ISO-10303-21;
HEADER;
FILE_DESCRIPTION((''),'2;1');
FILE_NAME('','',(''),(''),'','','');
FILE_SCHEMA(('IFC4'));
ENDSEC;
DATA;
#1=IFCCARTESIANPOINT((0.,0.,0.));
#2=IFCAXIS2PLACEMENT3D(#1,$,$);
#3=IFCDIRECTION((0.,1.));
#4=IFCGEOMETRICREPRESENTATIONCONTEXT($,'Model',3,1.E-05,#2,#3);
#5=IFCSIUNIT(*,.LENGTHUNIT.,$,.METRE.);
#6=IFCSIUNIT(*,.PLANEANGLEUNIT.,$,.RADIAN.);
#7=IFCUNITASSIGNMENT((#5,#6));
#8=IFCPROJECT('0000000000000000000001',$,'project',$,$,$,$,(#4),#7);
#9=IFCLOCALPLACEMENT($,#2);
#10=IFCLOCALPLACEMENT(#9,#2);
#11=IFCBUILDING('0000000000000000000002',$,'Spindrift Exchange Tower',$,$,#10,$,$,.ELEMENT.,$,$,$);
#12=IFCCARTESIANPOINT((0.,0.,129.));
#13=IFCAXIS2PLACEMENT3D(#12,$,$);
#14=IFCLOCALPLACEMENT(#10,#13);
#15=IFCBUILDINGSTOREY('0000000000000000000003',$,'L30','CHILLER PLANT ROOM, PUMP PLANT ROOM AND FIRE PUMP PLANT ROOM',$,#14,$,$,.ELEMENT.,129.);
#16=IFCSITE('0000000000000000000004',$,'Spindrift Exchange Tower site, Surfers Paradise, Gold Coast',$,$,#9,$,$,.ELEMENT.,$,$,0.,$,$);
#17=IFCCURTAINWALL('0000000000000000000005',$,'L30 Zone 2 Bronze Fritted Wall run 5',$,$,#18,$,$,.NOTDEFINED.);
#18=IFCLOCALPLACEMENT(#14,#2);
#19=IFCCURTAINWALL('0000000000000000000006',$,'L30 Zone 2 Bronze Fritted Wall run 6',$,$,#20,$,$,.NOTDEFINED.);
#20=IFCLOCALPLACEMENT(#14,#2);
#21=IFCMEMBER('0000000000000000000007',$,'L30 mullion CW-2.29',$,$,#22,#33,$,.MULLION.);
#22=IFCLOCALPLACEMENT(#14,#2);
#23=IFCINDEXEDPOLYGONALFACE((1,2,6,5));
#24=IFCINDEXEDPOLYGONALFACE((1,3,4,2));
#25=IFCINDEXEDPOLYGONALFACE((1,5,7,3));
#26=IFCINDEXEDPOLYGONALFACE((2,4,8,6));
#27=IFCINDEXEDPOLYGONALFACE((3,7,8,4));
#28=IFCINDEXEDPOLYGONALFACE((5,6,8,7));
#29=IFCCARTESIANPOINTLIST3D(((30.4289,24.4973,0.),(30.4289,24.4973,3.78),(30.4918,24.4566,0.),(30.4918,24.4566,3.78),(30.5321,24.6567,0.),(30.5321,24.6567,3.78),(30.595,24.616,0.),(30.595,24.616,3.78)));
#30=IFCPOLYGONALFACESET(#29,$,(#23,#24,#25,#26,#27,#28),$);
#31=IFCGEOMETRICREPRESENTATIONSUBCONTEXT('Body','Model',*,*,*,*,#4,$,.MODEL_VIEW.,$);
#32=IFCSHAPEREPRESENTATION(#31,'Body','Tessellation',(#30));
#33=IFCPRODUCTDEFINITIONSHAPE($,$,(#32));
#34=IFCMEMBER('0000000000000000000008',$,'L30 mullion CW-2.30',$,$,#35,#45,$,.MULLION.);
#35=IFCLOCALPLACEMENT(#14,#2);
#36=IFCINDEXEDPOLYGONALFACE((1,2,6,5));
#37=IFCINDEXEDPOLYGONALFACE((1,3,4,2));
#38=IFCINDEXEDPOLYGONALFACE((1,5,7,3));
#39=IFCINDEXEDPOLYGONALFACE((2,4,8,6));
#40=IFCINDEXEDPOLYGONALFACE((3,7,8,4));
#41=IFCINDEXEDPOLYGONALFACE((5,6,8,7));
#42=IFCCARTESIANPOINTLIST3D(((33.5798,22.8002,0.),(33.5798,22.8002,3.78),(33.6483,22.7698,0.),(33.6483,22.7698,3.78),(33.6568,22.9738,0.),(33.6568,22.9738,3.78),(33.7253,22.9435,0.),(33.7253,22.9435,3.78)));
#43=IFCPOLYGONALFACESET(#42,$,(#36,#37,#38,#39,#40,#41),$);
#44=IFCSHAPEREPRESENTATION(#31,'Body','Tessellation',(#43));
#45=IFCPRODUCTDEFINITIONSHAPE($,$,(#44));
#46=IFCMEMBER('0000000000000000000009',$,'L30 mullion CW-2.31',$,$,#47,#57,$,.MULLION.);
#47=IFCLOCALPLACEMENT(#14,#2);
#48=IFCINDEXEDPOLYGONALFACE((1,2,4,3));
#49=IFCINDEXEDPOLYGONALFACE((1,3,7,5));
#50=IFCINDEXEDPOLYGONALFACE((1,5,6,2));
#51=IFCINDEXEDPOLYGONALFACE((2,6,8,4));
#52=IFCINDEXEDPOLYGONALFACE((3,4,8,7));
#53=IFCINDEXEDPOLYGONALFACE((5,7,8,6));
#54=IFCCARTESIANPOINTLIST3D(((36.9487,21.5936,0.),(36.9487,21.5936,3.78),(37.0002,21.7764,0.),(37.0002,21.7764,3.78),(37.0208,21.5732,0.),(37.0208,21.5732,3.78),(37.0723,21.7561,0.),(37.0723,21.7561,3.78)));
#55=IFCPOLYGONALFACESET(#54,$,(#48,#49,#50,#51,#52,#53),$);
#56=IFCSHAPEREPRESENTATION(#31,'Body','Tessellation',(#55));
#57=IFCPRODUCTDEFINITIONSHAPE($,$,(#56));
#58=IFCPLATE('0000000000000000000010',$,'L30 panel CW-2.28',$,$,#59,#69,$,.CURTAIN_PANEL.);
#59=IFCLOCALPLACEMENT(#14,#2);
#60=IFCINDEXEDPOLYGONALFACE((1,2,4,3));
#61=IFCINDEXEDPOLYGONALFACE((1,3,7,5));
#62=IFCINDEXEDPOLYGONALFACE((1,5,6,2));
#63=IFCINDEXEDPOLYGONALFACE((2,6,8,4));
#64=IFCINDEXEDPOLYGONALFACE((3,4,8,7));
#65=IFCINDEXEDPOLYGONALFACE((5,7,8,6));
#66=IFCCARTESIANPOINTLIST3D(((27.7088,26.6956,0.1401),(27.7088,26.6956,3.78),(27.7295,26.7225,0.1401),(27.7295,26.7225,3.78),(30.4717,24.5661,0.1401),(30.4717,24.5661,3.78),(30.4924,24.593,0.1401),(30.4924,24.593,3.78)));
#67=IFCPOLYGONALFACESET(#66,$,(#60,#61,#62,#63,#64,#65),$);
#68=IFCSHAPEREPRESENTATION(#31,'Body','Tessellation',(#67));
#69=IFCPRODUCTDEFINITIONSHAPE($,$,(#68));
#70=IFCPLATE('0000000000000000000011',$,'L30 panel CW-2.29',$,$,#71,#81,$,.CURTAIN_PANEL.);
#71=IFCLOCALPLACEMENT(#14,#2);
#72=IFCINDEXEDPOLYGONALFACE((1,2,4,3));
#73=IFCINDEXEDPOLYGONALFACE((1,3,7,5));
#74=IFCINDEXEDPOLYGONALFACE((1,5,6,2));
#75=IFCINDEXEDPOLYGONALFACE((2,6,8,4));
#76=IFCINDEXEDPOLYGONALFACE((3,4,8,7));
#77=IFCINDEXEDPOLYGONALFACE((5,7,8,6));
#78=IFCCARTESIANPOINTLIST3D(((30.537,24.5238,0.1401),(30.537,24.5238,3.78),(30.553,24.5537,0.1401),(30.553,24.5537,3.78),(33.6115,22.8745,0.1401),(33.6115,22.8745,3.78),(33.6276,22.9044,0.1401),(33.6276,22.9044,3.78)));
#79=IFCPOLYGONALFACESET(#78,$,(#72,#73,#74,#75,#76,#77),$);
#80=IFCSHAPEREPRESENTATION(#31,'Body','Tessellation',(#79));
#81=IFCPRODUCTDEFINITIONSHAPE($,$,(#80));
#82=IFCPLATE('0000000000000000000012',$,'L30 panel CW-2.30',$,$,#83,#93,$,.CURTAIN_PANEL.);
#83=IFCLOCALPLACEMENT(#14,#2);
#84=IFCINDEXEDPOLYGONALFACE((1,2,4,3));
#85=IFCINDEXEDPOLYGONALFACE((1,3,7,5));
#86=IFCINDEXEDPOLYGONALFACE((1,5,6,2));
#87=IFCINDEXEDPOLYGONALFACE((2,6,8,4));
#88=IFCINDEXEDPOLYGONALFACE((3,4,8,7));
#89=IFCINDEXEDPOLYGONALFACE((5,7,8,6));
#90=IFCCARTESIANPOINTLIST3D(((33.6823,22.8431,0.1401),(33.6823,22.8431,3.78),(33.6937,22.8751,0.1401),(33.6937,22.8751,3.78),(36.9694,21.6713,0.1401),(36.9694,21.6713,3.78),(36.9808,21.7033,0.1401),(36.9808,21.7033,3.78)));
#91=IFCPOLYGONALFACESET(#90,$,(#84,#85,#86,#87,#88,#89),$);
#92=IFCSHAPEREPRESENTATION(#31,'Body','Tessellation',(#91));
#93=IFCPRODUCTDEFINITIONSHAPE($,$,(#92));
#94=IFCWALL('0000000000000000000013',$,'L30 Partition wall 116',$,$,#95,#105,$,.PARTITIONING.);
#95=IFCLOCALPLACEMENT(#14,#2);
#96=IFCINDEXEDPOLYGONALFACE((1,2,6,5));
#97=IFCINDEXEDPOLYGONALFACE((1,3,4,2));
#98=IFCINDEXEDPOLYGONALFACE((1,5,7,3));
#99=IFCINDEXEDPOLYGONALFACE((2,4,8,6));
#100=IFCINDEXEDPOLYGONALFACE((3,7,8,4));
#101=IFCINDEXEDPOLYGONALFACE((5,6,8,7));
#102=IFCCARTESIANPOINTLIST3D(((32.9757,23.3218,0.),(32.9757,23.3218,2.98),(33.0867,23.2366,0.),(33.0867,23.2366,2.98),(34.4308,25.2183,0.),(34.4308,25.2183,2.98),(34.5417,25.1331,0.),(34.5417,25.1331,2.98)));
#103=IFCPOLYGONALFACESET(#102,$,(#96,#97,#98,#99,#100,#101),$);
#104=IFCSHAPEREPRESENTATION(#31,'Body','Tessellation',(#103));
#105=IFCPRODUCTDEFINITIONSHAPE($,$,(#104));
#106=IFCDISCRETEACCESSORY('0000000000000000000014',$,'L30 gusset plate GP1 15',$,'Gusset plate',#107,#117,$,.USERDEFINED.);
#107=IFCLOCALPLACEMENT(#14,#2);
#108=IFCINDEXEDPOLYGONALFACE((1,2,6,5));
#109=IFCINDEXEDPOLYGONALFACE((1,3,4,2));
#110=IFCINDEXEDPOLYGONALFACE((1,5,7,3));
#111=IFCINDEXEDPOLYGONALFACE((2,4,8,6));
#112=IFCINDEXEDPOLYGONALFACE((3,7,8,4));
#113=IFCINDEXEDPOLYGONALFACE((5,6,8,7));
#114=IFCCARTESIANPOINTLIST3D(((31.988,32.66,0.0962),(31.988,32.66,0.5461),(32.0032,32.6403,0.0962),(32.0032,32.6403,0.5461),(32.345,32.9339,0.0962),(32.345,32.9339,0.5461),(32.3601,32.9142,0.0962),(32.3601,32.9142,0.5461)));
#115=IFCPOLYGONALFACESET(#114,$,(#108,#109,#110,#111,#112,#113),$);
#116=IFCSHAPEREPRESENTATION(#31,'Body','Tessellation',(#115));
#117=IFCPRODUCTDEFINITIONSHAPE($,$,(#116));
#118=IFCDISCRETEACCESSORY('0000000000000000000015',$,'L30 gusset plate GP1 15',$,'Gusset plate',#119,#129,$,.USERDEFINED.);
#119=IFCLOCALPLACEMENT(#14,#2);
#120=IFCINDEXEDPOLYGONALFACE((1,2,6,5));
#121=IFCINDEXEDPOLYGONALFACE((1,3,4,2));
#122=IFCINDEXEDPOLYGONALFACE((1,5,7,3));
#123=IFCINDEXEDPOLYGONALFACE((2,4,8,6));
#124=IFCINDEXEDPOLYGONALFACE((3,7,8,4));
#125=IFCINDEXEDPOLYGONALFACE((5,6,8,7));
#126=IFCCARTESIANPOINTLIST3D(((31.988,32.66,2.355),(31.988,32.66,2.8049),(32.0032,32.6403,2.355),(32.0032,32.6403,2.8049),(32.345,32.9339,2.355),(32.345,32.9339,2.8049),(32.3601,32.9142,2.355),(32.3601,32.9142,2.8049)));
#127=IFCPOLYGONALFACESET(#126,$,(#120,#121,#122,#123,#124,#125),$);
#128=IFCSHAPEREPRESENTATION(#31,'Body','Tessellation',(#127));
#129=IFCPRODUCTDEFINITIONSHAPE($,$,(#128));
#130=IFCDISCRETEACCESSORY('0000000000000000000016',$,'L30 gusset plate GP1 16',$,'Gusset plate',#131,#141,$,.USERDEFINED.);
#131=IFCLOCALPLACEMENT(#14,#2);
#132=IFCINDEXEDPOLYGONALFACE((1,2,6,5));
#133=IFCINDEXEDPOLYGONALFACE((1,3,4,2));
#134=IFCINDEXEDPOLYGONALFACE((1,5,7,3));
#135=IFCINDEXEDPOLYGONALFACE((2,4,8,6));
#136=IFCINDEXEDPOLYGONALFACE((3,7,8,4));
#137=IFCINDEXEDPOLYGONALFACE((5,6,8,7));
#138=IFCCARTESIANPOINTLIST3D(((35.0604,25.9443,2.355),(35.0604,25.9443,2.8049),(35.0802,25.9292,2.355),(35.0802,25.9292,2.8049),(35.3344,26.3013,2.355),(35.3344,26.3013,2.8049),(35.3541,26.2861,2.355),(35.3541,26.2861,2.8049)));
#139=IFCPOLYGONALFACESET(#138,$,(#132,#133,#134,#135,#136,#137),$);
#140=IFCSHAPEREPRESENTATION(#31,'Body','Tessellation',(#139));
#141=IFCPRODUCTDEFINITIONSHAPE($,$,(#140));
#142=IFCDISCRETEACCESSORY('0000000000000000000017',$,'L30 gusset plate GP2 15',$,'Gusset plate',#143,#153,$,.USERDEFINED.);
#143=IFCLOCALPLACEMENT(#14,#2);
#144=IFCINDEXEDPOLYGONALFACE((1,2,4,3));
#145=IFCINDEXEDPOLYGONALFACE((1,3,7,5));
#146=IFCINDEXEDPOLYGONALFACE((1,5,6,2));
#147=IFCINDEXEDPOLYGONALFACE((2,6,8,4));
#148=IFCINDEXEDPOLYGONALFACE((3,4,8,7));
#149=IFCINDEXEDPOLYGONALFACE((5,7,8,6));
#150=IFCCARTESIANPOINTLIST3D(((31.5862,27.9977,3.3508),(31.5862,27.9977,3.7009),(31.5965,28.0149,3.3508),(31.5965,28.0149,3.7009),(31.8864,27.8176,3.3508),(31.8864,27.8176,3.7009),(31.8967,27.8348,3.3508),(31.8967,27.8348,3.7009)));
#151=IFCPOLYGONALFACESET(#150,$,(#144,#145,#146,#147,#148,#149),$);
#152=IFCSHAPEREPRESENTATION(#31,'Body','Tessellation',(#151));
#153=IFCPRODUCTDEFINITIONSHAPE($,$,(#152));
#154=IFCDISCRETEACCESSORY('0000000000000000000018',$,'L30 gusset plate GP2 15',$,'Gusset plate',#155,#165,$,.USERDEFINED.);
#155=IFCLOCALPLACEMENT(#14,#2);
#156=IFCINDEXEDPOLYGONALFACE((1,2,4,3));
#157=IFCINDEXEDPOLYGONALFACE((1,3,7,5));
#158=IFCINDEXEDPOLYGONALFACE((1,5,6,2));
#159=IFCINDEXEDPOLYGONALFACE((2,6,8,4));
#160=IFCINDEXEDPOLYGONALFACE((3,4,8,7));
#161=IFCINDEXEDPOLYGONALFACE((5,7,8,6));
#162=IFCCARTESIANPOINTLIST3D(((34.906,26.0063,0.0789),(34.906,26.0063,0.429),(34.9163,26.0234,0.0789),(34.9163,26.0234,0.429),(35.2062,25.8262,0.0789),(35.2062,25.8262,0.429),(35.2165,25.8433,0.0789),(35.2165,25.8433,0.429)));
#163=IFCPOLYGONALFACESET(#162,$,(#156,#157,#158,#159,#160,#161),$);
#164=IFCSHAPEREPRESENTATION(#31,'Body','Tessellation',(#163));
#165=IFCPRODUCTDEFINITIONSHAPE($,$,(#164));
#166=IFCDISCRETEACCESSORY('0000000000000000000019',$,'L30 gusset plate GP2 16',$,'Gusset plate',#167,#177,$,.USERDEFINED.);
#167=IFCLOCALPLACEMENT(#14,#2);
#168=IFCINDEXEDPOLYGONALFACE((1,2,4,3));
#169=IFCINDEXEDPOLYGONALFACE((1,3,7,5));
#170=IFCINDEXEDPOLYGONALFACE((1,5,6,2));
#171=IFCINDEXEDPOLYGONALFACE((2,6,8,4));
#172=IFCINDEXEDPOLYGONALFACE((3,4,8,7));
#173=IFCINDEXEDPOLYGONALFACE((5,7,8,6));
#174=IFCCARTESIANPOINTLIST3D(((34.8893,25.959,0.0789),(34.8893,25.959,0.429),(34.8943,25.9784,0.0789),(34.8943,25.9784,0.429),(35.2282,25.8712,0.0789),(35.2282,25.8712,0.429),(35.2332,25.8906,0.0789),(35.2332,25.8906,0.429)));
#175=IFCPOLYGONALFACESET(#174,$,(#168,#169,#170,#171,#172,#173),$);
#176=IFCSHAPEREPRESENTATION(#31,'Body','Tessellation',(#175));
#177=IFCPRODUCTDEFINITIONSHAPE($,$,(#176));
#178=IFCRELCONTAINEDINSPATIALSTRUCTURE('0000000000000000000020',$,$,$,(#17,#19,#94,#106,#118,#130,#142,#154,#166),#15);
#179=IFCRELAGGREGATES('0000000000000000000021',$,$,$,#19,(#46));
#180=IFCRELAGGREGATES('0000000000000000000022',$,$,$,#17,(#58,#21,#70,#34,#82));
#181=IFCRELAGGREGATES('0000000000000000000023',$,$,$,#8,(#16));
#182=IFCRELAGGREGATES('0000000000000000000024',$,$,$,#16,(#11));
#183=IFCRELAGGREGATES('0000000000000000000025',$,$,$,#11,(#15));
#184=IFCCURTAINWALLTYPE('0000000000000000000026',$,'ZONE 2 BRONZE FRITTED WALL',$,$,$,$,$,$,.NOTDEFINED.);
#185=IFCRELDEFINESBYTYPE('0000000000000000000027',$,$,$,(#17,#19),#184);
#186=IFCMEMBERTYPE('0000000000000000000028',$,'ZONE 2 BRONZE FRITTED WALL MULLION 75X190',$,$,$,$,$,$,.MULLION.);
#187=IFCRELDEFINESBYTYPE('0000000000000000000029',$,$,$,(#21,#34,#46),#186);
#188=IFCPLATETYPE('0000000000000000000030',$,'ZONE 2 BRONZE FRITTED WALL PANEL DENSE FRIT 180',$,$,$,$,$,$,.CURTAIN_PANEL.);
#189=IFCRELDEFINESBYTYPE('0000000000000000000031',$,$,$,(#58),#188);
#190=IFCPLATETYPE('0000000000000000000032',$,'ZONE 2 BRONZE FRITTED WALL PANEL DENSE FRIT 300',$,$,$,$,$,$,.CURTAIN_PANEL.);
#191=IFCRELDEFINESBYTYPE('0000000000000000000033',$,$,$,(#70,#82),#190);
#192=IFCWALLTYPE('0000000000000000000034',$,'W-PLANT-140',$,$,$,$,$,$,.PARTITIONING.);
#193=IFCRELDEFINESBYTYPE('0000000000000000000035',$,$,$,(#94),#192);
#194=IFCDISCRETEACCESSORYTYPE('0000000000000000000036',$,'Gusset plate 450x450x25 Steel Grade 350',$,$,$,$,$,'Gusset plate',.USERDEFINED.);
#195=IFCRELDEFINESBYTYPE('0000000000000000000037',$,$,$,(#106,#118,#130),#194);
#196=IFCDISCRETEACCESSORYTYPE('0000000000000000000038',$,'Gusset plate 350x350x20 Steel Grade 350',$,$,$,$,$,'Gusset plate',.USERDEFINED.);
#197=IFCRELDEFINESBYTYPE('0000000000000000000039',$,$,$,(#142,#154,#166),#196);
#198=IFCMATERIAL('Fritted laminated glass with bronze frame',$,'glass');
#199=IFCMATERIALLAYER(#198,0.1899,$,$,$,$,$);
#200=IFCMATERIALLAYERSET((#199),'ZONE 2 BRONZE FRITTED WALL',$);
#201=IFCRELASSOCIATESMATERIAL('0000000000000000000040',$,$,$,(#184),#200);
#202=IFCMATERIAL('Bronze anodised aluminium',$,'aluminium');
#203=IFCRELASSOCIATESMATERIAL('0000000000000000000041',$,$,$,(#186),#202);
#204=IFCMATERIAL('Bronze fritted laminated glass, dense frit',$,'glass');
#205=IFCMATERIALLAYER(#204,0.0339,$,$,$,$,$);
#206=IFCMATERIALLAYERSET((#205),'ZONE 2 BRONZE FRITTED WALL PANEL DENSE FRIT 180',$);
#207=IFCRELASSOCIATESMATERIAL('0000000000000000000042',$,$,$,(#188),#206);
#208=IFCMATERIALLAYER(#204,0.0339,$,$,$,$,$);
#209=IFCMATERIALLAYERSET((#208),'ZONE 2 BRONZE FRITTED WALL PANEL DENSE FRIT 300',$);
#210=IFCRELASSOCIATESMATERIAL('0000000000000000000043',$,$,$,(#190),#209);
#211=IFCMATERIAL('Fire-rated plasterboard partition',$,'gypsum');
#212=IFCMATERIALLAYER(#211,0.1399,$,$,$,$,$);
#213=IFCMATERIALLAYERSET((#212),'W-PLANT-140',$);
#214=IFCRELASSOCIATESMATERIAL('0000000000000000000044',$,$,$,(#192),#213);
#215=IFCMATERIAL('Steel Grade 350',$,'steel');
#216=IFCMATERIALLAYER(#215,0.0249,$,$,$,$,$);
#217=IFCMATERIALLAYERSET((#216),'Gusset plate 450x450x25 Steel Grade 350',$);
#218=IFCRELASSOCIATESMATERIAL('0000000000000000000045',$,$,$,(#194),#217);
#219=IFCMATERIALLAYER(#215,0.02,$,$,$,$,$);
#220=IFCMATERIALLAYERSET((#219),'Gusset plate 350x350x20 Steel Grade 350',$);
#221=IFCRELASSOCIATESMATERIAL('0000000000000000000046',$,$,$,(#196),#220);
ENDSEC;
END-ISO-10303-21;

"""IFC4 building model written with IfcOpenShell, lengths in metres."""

from ifc_helpers import new_model, si_unit, direction, frame, frame_2d, origin, origin_2d, place, context, subcontext, project, spatial, rectangle, extrude, source, transform, mapped, material, layer, layer_set, material_profile, profile_set, type_object, element, aggregate, save


model = new_model("IFC4")

# Units and contexts
model_context = context("Model", 3, precision=1e-05, world=origin(), true_north=direction((0.0, 1.0)))
body_context = subcontext(model_context, "Body", "Model", "MODEL_VIEW")
ifc_project = project(units=[si_unit("LENGTHUNIT", "METRE"), si_unit("PLANEANGLEUNIT", "RADIAN")], contexts=[model_context])

# Site, building, storey
site_placement = place(None, origin())
site = spatial("IfcSite", under=ifc_project, at=site_placement, Name="Spindrift Exchange Tower site, Surfers Paradise, Gold Coast", CompositionType="ELEMENT", RefElevation=0.0)
building_placement = place(site_placement, origin())
building = spatial("IfcBuilding", under=site, at=building_placement, Name="Spindrift Exchange Tower", CompositionType="ELEMENT")
storey_placement = place(building_placement, frame((0.0, 0.0, 129.0)))
storey = spatial("IfcBuildingStorey", under=building, at=storey_placement, Name="L30", Description="CHILLER PLANT ROOM, PUMP PLANT ROOM AND FIRE PUMP PLANT ROOM", CompositionType="ELEMENT", Elevation=129.0)

# Shared definitions
ifc_material_1 = material(Name="Steel Grade 350", Category="steel")

# Curtain walls
ifc_material_2 = material(Name="Fritted laminated glass with bronze frame", Category="glass")
ifc_layer_1 = layer(ifc_material_2, 0.1899)
ifc_layer_set_1 = layer_set([ifc_layer_1], Name="ZONE 2 BRONZE FRITTED WALL")
curtain_wall_type = type_object("IfcCurtainWallType", Name="ZONE 2 BRONZE FRITTED WALL", PredefinedType="NOTDEFINED", material=ifc_layer_set_1)
curtain_wall_1_placement = place(storey_placement, origin())
curtain_wall_1 = element("IfcCurtainWall", 1, at=curtain_wall_1_placement, inside=storey, type_object=curtain_wall_type, Name="L30 Zone 2 Bronze Fritted Wall run 5", PredefinedType="NOTDEFINED")
ifc_material_3 = material(Name="Bronze anodised aluminium", Category="aluminium")
curtain_wall_2_placement = place(storey_placement, origin())
curtain_wall_2 = element("IfcCurtainWall", 2, at=curtain_wall_2_placement, inside=storey, type_object=curtain_wall_type, Name="L30 Zone 2 Bronze Fritted Wall run 6", PredefinedType="NOTDEFINED")

# Members
ifc_material_profile_1 = material_profile(ifc_material_3, rectangle(XDim=0.075, YDim=0.1899, at=origin_2d()), Name="ZONE 2 BRONZE FRITTED WALL MULLION 75X190")
ifc_profile_set_1 = profile_set([ifc_material_profile_1], Name="Bronze anodised aluminium")
member_type_1 = type_object("IfcMemberType", Name="ZONE 2 BRONZE FRITTED WALL MULLION 75X190", PredefinedType="MULLION", material=ifc_profile_set_1)
shared_shape_1 = source(origin(), body_context, "Body", "SweptSolid", [
    extrude(rectangle(XDim=0.075, YDim=0.1899, at=origin_2d()), origin(), (0.0, 0.0, 1.0), 3.78),
])
member_1_placement = place(storey_placement, frame((30.512, 24.5566, 0.0), z_axis=(0.0, 0.0, 1.0), x_axis=(0.839457, -0.543426, 0.0)))
member_1 = element("IfcMember", 3, at=member_1_placement, type_object=member_type_1, Name="L30 mullion CW-2.29", PredefinedType="MULLION", context=body_context, shape_type="MappedRepresentation", body=[
    mapped(shared_shape_1, transform((0.0, 0.0, 0.0), scale=1.0)),
])
member_2_placement = place(storey_placement, frame((33.6526, 22.8718, 0.0), z_axis=(0.0, 0.0, 1.0), x_axis=(0.914143, -0.405391, 0.0)))
member_2 = element("IfcMember", 4, at=member_2_placement, type_object=member_type_1, Name="L30 mullion CW-2.30", PredefinedType="MULLION", context=body_context, shape_type="MappedRepresentation", body=[
    mapped(shared_shape_1, transform((0.0, 0.0, 0.0), scale=1.0)),
])
member_3_placement = place(storey_placement, frame((37.0105, 21.6748, 0.0), z_axis=(0.0, 0.0, 1.0), x_axis=(0.962527, -0.271187, 0.0)))
member_3 = element("IfcMember", 5, at=member_3_placement, type_object=member_type_1, Name="L30 mullion CW-2.31", PredefinedType="MULLION", context=body_context, shape_type="MappedRepresentation", body=[
    mapped(shared_shape_1, transform((0.0, 0.0, 0.0), scale=1.0)),
])
aggregate(curtain_wall_2, [member_3])

# Plates
ifc_material_4 = material(Name="Bronze fritted laminated glass, dense frit", Category="glass")
ifc_layer_2 = layer(ifc_material_4, 0.0339)
ifc_layer_set_2 = layer_set([ifc_layer_2], Name="ZONE 2 BRONZE FRITTED WALL PANEL DENSE FRIT 180")
plate_type_1 = type_object("IfcPlateType", Name="ZONE 2 BRONZE FRITTED WALL PANEL DENSE FRIT 180", PredefinedType="CURTAIN_PANEL", material=ifc_layer_set_2)
shared_shape_2 = source(origin(), body_context, "Body", "SweptSolid", [
    extrude(rectangle(XDim=3.4883, YDim=0.0339, at=origin_2d()), origin(), (0.0, 0.0, 1.0), 3.6399),
])
plate_1_placement = place(storey_placement, frame((29.1006, 25.6443, 0.1401), z_axis=(0.0, 0.0, 1.0), x_axis=(0.79204, -0.610469, 0.0)))
plate_1 = element("IfcPlate", 6, at=plate_1_placement, type_object=plate_type_1, Name="L30 panel CW-2.28", PredefinedType="CURTAIN_PANEL", context=body_context, shape_type="MappedRepresentation", body=[
    mapped(shared_shape_2, transform((0.0, 0.0, 0.0), scale=1.0)),
])
ifc_layer_3 = layer(ifc_material_4, 0.0339)
ifc_layer_set_3 = layer_set([ifc_layer_3], Name="ZONE 2 BRONZE FRITTED WALL PANEL DENSE FRIT 300")
plate_type_2 = type_object("IfcPlateType", Name="ZONE 2 BRONZE FRITTED WALL PANEL DENSE FRIT 300", PredefinedType="CURTAIN_PANEL", material=ifc_layer_set_3)
shared_shape_3 = source(origin(), body_context, "Body", "SweptSolid", [
    extrude(rectangle(XDim=3.489, YDim=0.0339, at=origin_2d()), origin(), (0.0, 0.0, 1.0), 3.6399),
])
plate_2_placement = place(storey_placement, frame((32.0823, 23.7141, 0.1401), z_axis=(0.0, 0.0, 1.0), x_axis=(0.881214, -0.472718, 0.0)))
plate_2 = element("IfcPlate", 7, at=plate_2_placement, type_object=plate_type_2, Name="L30 panel CW-2.29", PredefinedType="CURTAIN_PANEL", context=body_context, shape_type="MappedRepresentation", body=[
    mapped(shared_shape_3, transform((0.0, 0.0, 0.0), scale=1.0)),
])
shared_shape_4 = source(origin(), body_context, "Body", "SweptSolid", [
    extrude(rectangle(XDim=3.4897, YDim=0.0339, at=origin_2d()), origin(), (0.0, 0.0, 1.0), 3.6399),
])
plate_3_placement = place(storey_placement, frame((35.3315, 22.2732, 0.1401), z_axis=(0.0, 0.0, 1.0), x_axis=(0.941939, -0.335785, 0.0)))
plate_3 = element("IfcPlate", 8, at=plate_3_placement, type_object=plate_type_2, Name="L30 panel CW-2.30", PredefinedType="CURTAIN_PANEL", context=body_context, shape_type="MappedRepresentation", body=[
    mapped(shared_shape_4, transform((0.0, 0.0, 0.0), scale=1.0)),
])
aggregate(curtain_wall_1, [plate_1, member_1, plate_2, member_2, plate_3])

# Wall
ifc_material_5 = material(Name="Fire-rated plasterboard partition", Category="gypsum")
ifc_layer_4 = layer(ifc_material_5, 0.1399)
ifc_layer_set_4 = layer_set([ifc_layer_4], Name="W-PLANT-140")
wall_type = type_object("IfcWallType", Name="W-PLANT-140", PredefinedType="PARTITIONING", material=ifc_layer_set_4)
wall_placement = place(storey_placement, frame((34.4863, 25.1758, 0.0), z_axis=(0.0, 0.0, 1.0), x_axis=(-0.608723, -0.793383, 0.0)))
element("IfcWall", 9, at=wall_placement, inside=storey, type_object=wall_type, Name="L30 Partition wall 116", PredefinedType="PARTITIONING", context=body_context, shape_type="SweptSolid", body=[
    extrude(rectangle(XDim=2.3904, YDim=0.1399, at=frame_2d((1.1953, 0.0))), origin(), (0.0, 0.0, 1.0), 2.98),
])

# Discrete accessories
ifc_layer_5 = layer(ifc_material_1, 0.0249)
ifc_layer_set_5 = layer_set([ifc_layer_5], Name="Gusset plate 450x450x25 Steel Grade 350")
discrete_accessory_type_1 = type_object("IfcDiscreteAccessoryType", Name="Gusset plate 450x450x25 Steel Grade 350", ElementType="Gusset plate", PredefinedType="USERDEFINED", material=ifc_layer_set_5)
shared_shape_5 = source(origin(), body_context, "Body", "SweptSolid", [
    extrude(rectangle(XDim=0.45, YDim=0.0249, at=origin_2d()), origin(), (0.0, 0.0, 1.0), 0.45),
])
for number, where, z_axis, x_axis, name in (
    (10, (32.1741, 32.7871, 0.0962), (0.0, 0.0, 1.0), (-0.793359, -0.608755, 0.0), "L30 gusset plate GP1 15"),
    (11, (32.1741, 32.7871, 2.355), (0.0, 0.0, 1.0), (-0.793353, -0.608761, 0.0), "L30 gusset plate GP1 15"),
    (12, (35.2073, 26.1152, 2.355), (0.0, 0.0, 1.0), (-0.608752, -0.793361, 0.0), "L30 gusset plate GP1 16"),
):
    element("IfcDiscreteAccessory", number, at=place(storey_placement, frame(where, z_axis=z_axis, x_axis=x_axis)), inside=storey, type_object=discrete_accessory_type_1, Name=name, ObjectType="Gusset plate", PredefinedType="USERDEFINED", context=body_context, shape_type="MappedRepresentation", body=[
        mapped(shared_shape_5, transform((0.0, 0.0, 0.0), scale=1.0)),
    ])
ifc_layer_6 = layer(ifc_material_1, 0.02)
ifc_layer_set_6 = layer_set([ifc_layer_6], Name="Gusset plate 350x350x20 Steel Grade 350")
discrete_accessory_type_2 = type_object("IfcDiscreteAccessoryType", Name="Gusset plate 350x350x20 Steel Grade 350", ElementType="Gusset plate", PredefinedType="USERDEFINED", material=ifc_layer_set_6)
shared_shape_6 = source(origin(), body_context, "Body", "SweptSolid", [
    extrude(rectangle(XDim=0.3501, YDim=0.02, at=origin_2d()), origin(), (0.0, 0.0, 1.0), 0.3501),
])
for number, where, z_axis, x_axis, name in (
    (13, (31.7415, 27.9163, 3.3508), (0.0, 0.0, 1.0), (0.857566, -0.514374, 0.0), "L30 gusset plate GP2 15"),
    (14, (35.0613, 25.9248, 0.0789), (0.0, 0.0, 1.0), (0.857547, -0.514405, 0.0), "L30 gusset plate GP2 15"),
    (15, (35.0613, 25.9248, 0.0789), (0.0, 0.0, 1.0), (0.968075, -0.250662, 0.0), "L30 gusset plate GP2 16"),
):
    element("IfcDiscreteAccessory", number, at=place(storey_placement, frame(where, z_axis=z_axis, x_axis=x_axis)), inside=storey, type_object=discrete_accessory_type_2, Name=name, ObjectType="Gusset plate", PredefinedType="USERDEFINED", context=body_context, shape_type="MappedRepresentation", body=[
        mapped(shared_shape_6, transform((0.0, 0.0, 0.0), scale=1.0)),
    ])

save(model, "model.ifc")
